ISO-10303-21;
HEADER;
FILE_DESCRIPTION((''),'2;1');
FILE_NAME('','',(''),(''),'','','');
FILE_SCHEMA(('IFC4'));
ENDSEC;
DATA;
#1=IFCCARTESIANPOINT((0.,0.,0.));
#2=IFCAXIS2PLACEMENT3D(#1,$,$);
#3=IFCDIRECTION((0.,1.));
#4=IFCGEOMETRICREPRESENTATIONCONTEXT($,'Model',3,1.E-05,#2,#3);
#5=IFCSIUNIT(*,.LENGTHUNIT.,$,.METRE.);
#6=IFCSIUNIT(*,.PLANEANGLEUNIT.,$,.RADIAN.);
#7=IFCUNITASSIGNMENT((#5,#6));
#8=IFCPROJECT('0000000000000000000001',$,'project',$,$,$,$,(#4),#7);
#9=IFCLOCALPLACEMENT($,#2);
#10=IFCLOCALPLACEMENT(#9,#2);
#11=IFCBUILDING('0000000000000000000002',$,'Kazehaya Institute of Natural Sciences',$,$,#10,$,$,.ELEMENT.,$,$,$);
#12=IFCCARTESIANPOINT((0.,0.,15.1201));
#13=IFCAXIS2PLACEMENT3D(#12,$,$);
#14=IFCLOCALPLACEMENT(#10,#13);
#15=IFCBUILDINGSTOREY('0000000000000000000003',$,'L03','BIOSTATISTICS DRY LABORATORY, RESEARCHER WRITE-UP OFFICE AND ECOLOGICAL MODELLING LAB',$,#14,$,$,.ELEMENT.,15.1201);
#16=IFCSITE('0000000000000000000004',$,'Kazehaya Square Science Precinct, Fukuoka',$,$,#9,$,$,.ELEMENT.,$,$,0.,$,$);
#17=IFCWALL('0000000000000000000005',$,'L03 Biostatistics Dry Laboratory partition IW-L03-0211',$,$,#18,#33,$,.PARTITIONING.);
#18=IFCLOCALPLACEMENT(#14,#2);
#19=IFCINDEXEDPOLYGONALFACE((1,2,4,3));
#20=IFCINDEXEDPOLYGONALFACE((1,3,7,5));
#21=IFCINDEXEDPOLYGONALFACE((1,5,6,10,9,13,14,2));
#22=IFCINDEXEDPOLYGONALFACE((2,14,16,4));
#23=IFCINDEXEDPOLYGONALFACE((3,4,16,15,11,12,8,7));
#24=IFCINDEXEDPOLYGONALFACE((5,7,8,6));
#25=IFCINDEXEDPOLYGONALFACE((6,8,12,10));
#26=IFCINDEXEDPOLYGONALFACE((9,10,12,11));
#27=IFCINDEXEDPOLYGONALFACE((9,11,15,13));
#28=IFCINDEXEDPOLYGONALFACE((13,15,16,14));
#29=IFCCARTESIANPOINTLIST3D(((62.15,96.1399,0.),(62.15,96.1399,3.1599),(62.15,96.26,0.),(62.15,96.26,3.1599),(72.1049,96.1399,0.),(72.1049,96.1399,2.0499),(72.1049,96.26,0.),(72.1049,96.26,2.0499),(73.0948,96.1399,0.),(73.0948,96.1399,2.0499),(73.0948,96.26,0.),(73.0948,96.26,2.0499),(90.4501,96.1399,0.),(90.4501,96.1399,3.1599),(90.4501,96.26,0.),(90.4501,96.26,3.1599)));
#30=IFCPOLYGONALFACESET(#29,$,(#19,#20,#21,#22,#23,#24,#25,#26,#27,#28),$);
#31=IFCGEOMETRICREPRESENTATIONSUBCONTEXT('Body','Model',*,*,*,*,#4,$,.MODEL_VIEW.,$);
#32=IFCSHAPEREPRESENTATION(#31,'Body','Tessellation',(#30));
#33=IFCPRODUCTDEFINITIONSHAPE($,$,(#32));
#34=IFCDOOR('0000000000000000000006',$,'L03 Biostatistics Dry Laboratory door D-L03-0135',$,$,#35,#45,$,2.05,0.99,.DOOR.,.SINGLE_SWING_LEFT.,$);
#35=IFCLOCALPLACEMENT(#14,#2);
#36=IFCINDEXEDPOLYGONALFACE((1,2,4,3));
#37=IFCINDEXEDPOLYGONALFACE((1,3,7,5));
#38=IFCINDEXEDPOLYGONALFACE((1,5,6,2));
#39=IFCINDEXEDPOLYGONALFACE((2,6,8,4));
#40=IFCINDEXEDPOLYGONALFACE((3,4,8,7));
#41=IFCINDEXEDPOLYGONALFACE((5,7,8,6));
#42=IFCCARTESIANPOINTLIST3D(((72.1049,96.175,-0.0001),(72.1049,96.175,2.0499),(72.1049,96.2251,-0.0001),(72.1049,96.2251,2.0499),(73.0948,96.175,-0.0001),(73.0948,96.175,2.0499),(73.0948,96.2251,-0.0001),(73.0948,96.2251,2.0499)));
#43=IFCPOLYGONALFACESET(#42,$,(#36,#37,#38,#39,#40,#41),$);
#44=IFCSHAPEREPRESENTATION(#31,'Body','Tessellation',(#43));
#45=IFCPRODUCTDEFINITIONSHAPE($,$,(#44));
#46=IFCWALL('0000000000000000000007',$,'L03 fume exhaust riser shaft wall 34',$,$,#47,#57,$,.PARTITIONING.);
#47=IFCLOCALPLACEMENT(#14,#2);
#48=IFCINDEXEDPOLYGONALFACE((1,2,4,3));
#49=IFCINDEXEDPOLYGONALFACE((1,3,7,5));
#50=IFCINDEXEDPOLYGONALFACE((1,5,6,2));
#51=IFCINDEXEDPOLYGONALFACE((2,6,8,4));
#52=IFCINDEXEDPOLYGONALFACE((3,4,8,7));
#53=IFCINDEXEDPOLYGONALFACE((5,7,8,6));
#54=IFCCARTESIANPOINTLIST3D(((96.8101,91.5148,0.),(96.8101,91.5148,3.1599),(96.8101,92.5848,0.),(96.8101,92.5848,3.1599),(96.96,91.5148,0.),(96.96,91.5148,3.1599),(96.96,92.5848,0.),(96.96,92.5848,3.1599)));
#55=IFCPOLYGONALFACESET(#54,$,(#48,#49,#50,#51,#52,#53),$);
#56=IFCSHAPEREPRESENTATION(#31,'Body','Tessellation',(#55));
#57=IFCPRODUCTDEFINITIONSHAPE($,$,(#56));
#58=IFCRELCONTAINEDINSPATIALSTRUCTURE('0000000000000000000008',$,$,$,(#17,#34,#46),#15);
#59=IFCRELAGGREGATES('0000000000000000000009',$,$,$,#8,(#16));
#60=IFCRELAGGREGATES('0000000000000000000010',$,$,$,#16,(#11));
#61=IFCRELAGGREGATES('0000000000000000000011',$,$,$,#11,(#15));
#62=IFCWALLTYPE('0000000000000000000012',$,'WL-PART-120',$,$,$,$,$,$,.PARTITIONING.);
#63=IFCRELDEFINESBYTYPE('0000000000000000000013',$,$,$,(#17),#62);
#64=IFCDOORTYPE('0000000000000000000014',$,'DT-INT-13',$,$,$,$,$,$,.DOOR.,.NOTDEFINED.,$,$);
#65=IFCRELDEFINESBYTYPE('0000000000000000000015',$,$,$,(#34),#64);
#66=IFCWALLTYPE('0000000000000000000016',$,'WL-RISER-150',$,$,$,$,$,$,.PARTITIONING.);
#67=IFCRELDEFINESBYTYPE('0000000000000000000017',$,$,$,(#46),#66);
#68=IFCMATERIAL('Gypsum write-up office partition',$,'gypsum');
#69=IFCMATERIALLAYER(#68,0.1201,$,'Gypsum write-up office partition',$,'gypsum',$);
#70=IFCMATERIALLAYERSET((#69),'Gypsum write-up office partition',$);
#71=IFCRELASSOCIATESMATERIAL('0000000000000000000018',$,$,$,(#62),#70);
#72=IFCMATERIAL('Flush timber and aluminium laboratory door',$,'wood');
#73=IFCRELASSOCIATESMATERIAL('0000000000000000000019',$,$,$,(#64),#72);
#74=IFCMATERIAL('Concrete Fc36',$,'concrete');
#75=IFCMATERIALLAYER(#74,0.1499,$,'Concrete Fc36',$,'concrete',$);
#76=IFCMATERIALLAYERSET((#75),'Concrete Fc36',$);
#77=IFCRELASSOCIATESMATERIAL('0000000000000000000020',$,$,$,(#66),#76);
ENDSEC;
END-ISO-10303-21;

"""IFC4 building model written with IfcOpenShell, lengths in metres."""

from ifc_helpers import new_model, si_unit, direction, frame, frame_2d, origin, place, context, subcontext, project, spatial, rectangle, extrude, material, layer, layer_set, type_object, element, fill, save


model = new_model("IFC4")

# Units and contexts
model_context = context("Model", 3, precision=1e-05, world=origin(), true_north=direction((0.0, 1.0)))
body_context = subcontext(model_context, "Body", "Model", "MODEL_VIEW")
ifc_project = project(units=[si_unit("LENGTHUNIT", "METRE"), si_unit("PLANEANGLEUNIT", "RADIAN")], contexts=[model_context])

# Site, building, storey
site_placement = place(None, origin())
site = spatial("IfcSite", under=ifc_project, at=site_placement, Name="Kazehaya Square Science Precinct, Fukuoka", CompositionType="ELEMENT", RefElevation=0.0)
building_placement = place(site_placement, origin())
building = spatial("IfcBuilding", under=site, at=building_placement, Name="Kazehaya Institute of Natural Sciences", CompositionType="ELEMENT")
storey_placement = place(building_placement, frame((0.0, 0.0, 15.1201)))
storey = spatial("IfcBuildingStorey", under=building, at=storey_placement, Name="L03", Description="BIOSTATISTICS DRY LABORATORY, RESEARCHER WRITE-UP OFFICE AND ECOLOGICAL MODELLING LAB", CompositionType="ELEMENT", Elevation=15.1201)

# Shared definitions
ifc_material_1 = material(Name="Concrete Fc36", Category="concrete")

# Wall, opening, door
ifc_material_2 = material(Name="Flush timber and aluminium laboratory door", Category="wood")
ifc_material_3 = material(Name="Gypsum write-up office partition", Category="gypsum")
ifc_layer_1 = layer(ifc_material_3, 0.1201, Name="Gypsum write-up office partition", Category="gypsum")
ifc_layer_set_1 = layer_set([ifc_layer_1], Name="Gypsum write-up office partition")
wall_type_1 = type_object("IfcWallType", Name="WL-PART-120", PredefinedType="PARTITIONING", material=ifc_layer_set_1)
wall_1_placement = place(storey_placement, frame((90.45, 96.2, 0.0), z_axis=(0.0, 0.0, 1.0), x_axis=(-1.0, 0.0, 0.0)))
wall_1 = element("IfcWall", 1, at=wall_1_placement, inside=storey, type_object=wall_type_1, Name="L03 Biostatistics Dry Laboratory partition IW-L03-0211", PredefinedType="PARTITIONING", context=body_context, shape_type="SweptSolid", body=[
    extrude(rectangle(XDim=28.3, YDim=0.1201, at=frame_2d((14.1499, 0.0))), origin(), (0.0, 0.0, 1.0), 3.1599),
])
opening_1_placement = place(wall_1_placement, frame((17.355, 0.0, 0.0)))
opening_1 = element("IfcOpeningElement", 2, at=opening_1_placement, cuts=wall_1, PredefinedType="OPENING", context=body_context, shape_type="SweptSolid", body=[
    extrude(rectangle(XDim=0.99, YDim=2.05, at=frame_2d((0.4951, 1.0249))), frame((0.0, 0.0701, 0.0), z_axis=(0.0, -1.0, 0.0), x_axis=(1.0, 0.0, 0.0)), (0.0, 0.0, 1.0), 0.1401),
])
door_type_1 = type_object("IfcDoorType", Name="DT-INT-13", OperationType="NOTDEFINED", PredefinedType="DOOR", material=ifc_material_2)
door_1_placement = place(opening_1_placement, origin())
door_1 = element("IfcDoor", 3, at=door_1_placement, inside=storey, type_object=door_type_1, Name="L03 Biostatistics Dry Laboratory door D-L03-0135", OperationType="SINGLE_SWING_LEFT", OverallHeight=2.05, OverallWidth=0.99, PredefinedType="DOOR", context=body_context, shape_type="SweptSolid", body=[
    extrude(rectangle(XDim=0.99, YDim=2.05, at=frame_2d((0.4951, 1.0249))), frame((0.0, 0.0249, 0.0), z_axis=(0.0, -1.0, 0.0), x_axis=(1.0, 0.0, 0.0)), (0.0, 0.0, 1.0), 0.05),
])
fill(opening_1, door_1)

# Wall
ifc_layer_2 = layer(ifc_material_1, 0.1499, Name="Concrete Fc36", Category="concrete")
ifc_layer_set_2 = layer_set([ifc_layer_2], Name="Concrete Fc36")
wall_type_2 = type_object("IfcWallType", Name="WL-RISER-150", PredefinedType="PARTITIONING", material=ifc_layer_set_2)
wall_2_placement = place(storey_placement, frame((96.885, 92.585, 0.0), z_axis=(0.0, 0.0, 1.0), x_axis=(0.0, -1.0, 0.0)))
element("IfcWall", 4, at=wall_2_placement, inside=storey, type_object=wall_type_2, Name="L03 fume exhaust riser shaft wall 34", PredefinedType="PARTITIONING", context=body_context, shape_type="SweptSolid", body=[
    extrude(rectangle(XDim=1.0701, YDim=0.1499, at=frame_2d((0.5352, 0.0))), origin(), (0.0, 0.0, 1.0), 3.1599),
])

save(model, "model.ifc")
